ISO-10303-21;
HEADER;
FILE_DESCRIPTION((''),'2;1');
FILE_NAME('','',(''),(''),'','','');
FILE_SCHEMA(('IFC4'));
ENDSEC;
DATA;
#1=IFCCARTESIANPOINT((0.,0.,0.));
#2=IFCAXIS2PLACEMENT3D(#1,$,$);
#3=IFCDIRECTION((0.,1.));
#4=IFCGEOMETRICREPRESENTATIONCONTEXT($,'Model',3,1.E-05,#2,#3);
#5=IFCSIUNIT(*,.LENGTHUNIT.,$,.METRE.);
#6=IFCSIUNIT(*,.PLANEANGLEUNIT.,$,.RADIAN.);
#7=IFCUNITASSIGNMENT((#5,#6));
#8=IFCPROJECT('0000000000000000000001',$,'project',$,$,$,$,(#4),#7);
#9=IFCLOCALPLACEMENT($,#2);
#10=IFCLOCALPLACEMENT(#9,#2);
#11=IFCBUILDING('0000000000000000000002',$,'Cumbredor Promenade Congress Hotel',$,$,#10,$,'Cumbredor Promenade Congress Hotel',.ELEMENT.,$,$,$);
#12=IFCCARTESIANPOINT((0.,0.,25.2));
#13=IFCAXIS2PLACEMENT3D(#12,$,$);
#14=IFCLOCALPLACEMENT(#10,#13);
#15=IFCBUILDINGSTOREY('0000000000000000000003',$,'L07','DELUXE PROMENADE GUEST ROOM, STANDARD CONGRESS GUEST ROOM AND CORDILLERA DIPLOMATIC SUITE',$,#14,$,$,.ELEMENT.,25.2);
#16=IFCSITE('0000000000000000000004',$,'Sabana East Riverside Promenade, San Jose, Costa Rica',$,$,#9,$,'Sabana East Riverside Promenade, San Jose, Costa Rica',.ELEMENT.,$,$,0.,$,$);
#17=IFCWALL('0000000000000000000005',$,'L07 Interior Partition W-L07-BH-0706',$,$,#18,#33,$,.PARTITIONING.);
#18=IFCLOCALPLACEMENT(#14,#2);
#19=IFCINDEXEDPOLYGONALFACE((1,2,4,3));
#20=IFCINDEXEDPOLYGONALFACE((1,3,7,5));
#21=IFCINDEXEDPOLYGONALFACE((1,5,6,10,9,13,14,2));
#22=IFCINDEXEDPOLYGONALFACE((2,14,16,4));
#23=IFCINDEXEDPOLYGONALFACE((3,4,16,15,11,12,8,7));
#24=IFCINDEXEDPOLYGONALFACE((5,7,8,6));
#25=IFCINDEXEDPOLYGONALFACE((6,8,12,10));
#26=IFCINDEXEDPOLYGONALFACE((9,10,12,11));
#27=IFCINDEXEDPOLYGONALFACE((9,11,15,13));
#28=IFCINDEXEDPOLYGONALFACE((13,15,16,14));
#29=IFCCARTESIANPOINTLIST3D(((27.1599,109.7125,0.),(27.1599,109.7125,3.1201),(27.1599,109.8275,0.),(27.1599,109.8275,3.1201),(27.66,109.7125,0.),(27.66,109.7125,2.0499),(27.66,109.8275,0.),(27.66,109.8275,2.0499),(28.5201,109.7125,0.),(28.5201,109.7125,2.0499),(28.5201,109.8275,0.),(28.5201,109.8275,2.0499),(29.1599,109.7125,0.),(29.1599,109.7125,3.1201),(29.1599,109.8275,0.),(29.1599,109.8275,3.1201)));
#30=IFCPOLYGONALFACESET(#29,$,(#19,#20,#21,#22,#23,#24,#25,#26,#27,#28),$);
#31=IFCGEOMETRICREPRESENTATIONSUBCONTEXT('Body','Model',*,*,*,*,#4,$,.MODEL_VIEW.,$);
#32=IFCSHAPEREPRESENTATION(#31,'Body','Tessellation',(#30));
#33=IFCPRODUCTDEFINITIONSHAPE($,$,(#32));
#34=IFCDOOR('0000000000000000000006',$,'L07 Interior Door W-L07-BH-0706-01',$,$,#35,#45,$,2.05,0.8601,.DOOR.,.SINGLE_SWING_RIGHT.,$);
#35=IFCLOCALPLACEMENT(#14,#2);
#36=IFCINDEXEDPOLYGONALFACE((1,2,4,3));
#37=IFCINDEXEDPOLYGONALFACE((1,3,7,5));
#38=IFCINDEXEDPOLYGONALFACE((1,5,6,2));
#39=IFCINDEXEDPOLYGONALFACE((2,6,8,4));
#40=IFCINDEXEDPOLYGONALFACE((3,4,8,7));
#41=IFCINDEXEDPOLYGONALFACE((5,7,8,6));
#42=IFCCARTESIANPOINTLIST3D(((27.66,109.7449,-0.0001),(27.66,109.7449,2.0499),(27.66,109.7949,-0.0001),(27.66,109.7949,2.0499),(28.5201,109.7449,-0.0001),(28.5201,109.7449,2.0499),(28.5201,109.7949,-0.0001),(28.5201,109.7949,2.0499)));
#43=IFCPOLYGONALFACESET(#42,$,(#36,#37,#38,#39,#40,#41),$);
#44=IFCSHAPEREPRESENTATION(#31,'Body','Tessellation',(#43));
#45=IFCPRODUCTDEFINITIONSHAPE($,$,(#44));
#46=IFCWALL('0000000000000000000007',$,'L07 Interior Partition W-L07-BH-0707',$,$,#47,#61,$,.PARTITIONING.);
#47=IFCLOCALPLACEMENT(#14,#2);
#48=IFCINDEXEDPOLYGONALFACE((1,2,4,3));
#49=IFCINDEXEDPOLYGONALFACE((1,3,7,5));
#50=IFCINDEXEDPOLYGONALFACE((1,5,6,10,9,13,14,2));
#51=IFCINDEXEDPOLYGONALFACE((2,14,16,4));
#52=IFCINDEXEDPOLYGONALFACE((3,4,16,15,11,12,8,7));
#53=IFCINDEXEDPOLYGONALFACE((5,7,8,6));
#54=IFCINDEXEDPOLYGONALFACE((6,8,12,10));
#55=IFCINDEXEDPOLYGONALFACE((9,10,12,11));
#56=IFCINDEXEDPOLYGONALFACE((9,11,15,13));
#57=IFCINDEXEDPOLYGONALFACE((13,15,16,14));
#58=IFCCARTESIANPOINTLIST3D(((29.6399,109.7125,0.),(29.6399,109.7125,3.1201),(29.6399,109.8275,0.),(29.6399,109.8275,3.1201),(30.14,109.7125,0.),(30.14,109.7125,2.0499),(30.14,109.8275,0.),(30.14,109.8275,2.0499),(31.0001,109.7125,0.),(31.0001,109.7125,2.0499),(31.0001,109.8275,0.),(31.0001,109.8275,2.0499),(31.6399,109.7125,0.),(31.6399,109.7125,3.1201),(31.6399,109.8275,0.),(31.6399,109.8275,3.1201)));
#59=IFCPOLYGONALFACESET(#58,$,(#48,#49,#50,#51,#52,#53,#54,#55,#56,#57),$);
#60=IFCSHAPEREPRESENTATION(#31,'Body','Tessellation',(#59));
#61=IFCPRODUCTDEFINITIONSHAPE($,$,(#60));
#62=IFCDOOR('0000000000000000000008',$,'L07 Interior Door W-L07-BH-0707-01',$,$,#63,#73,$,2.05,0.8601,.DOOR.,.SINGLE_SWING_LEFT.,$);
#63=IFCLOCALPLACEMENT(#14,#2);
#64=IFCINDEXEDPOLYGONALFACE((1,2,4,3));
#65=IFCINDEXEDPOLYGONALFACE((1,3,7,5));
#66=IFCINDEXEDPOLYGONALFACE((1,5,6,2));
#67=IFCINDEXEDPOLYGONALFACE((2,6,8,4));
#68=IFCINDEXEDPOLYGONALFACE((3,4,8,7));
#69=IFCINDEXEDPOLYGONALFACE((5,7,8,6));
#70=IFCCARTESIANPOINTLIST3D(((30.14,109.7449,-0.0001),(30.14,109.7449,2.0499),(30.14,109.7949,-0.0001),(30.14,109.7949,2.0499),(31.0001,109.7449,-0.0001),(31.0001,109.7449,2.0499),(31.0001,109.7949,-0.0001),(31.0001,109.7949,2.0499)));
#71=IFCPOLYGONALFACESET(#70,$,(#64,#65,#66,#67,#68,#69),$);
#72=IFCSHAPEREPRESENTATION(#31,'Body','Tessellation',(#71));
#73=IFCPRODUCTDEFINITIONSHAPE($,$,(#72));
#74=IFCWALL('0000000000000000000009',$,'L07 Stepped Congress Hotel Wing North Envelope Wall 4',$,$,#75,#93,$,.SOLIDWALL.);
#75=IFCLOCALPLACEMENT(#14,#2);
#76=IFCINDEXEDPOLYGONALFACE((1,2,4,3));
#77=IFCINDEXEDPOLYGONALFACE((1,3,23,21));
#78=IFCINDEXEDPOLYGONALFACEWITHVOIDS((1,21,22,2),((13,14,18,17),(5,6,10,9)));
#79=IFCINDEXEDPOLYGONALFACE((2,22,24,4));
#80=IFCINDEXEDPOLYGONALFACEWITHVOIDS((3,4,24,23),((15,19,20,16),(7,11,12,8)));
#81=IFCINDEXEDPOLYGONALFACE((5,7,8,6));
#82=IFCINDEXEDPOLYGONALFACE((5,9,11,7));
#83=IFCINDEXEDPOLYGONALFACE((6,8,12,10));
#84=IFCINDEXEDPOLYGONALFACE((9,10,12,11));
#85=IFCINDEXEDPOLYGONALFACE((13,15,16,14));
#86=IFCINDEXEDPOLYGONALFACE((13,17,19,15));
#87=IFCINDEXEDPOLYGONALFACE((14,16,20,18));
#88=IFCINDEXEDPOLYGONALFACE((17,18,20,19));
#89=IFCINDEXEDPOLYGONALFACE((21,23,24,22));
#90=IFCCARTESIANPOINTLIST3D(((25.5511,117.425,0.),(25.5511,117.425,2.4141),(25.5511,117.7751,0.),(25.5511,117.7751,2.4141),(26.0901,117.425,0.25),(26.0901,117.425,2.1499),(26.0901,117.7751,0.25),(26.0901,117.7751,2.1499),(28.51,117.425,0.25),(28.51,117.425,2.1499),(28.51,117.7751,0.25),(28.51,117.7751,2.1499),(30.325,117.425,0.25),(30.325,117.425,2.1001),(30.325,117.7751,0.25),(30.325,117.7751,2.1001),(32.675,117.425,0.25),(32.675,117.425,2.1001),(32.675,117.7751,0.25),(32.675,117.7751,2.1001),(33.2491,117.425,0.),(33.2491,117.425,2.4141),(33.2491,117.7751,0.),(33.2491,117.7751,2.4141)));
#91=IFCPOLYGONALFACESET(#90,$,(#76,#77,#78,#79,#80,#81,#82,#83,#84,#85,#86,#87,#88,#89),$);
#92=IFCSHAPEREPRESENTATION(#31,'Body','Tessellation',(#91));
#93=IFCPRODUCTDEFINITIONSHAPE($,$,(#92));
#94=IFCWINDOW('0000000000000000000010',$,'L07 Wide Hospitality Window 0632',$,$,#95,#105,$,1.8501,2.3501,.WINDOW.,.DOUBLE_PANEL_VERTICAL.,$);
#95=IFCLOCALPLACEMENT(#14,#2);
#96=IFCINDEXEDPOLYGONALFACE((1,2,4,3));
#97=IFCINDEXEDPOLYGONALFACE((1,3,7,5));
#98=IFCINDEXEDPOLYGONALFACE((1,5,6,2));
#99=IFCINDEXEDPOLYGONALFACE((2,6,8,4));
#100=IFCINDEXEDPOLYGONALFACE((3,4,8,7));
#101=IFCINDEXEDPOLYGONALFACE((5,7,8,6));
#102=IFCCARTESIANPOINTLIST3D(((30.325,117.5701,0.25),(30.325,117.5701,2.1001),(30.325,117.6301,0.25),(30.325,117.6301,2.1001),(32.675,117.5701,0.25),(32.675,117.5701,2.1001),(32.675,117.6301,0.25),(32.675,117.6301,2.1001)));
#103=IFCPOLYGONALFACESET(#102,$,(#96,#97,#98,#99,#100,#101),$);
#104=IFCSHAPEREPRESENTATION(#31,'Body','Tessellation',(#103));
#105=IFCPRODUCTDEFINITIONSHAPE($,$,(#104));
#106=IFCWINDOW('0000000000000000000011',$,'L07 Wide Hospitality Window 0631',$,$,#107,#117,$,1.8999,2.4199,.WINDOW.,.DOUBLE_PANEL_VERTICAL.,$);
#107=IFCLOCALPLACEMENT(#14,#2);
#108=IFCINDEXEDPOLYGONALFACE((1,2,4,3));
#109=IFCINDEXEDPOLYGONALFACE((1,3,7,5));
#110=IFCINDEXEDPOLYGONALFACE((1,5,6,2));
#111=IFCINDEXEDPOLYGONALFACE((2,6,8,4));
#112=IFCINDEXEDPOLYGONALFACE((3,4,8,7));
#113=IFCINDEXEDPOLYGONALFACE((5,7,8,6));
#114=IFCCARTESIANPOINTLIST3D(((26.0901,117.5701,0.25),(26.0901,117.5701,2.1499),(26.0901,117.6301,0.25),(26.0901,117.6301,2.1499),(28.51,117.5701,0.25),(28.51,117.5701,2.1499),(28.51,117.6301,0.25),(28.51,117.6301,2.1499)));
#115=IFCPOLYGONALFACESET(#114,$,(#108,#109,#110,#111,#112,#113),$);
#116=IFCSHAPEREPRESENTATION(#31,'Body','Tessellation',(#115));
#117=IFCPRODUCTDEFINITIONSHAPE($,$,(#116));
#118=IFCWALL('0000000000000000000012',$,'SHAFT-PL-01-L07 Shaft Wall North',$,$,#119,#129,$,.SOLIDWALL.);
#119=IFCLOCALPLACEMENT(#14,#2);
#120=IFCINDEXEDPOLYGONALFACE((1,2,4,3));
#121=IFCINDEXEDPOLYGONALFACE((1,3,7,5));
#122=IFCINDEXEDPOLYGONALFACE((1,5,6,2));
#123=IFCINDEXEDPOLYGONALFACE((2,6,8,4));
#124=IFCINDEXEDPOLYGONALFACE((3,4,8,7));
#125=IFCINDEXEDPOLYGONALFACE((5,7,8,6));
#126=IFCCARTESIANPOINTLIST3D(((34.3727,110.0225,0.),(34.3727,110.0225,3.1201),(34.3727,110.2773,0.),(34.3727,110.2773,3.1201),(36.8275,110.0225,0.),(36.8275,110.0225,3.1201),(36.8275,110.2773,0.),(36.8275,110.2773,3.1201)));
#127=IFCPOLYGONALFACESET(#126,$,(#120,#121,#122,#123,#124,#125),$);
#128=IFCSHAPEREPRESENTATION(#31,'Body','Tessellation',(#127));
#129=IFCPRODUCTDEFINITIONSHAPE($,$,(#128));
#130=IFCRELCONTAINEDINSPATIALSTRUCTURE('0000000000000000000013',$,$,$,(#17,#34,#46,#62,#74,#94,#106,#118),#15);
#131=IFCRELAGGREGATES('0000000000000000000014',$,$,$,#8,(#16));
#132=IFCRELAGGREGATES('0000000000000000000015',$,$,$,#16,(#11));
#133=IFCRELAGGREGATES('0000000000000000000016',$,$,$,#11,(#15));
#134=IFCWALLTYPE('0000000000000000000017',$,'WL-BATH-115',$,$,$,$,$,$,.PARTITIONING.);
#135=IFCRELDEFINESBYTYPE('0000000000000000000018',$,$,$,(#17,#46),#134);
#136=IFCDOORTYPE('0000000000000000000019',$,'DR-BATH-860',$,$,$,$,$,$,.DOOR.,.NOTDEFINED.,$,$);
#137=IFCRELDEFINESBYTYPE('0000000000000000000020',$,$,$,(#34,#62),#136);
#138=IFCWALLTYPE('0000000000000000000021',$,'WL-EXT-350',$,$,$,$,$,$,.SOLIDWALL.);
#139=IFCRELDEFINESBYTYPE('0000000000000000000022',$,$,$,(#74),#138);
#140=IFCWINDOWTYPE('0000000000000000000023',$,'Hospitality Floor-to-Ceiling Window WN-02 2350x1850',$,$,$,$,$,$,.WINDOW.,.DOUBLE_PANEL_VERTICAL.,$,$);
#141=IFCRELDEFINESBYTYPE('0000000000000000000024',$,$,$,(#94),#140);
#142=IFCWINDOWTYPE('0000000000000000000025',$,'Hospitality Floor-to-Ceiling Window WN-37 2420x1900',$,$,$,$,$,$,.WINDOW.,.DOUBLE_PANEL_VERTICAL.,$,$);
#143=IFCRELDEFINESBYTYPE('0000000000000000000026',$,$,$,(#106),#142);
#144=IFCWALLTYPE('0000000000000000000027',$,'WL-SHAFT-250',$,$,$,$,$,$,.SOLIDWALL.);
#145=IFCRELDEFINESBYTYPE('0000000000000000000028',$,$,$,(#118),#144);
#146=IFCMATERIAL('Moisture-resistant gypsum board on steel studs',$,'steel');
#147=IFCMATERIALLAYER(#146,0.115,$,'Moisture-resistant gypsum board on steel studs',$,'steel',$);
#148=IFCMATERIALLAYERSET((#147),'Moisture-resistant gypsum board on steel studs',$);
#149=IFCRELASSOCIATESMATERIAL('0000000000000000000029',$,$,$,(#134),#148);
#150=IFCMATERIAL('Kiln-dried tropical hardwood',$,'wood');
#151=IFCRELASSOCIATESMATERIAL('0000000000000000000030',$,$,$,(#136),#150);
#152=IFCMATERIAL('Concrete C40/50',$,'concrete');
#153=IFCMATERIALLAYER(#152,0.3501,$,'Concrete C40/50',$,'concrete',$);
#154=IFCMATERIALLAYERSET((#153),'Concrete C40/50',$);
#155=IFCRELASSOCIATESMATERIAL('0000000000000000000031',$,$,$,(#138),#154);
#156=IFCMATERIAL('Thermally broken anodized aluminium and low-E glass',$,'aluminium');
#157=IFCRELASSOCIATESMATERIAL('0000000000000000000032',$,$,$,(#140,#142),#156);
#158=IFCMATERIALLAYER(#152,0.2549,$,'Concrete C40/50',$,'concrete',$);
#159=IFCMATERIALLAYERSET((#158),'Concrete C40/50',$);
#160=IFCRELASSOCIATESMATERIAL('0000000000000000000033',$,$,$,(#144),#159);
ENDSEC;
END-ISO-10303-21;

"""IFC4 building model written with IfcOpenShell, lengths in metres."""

from ifc_helpers import new_model, si_unit, direction, frame, frame_2d, origin, place, context, subcontext, project, spatial, rectangle, extrude, material, layer, layer_set, type_object, element, fill, save


model = new_model("IFC4")

# Units and contexts
model_context = context("Model", 3, precision=1e-05, world=origin(), true_north=direction((0.0, 1.0)))
body_context = subcontext(model_context, "Body", "Model", "MODEL_VIEW")
ifc_project = project(units=[si_unit("LENGTHUNIT", "METRE"), si_unit("PLANEANGLEUNIT", "RADIAN")], contexts=[model_context])

# Site, building, storey
site_placement = place(None, origin())
site = spatial("IfcSite", under=ifc_project, at=site_placement, Name="Sabana East Riverside Promenade, San Jose, Costa Rica", LongName="Sabana East Riverside Promenade, San Jose, Costa Rica", CompositionType="ELEMENT", RefElevation=0.0)
building_placement = place(site_placement, origin())
building = spatial("IfcBuilding", under=site, at=building_placement, Name="Cumbredor Promenade Congress Hotel", LongName="Cumbredor Promenade Congress Hotel", CompositionType="ELEMENT")
storey_placement = place(building_placement, frame((0.0, 0.0, 25.2)))
storey = spatial("IfcBuildingStorey", under=building, at=storey_placement, Name="L07", Description="DELUXE PROMENADE GUEST ROOM, STANDARD CONGRESS GUEST ROOM AND CORDILLERA DIPLOMATIC SUITE", CompositionType="ELEMENT", Elevation=25.2)

# Shared definitions
ifc_material_1 = material(Name="Concrete C40/50", Category="concrete")

# Shared definitions
ifc_material_2 = material(Name="Thermally broken anodized aluminium and low-E glass", Category="aluminium")

# Shared definitions
ifc_material_3 = material(Name="Kiln-dried tropical hardwood", Category="wood")

# Walls, openings, doors
ifc_material_4 = material(Name="Moisture-resistant gypsum board on steel studs", Category="steel")
ifc_layer_1 = layer(ifc_material_4, 0.115, Name="Moisture-resistant gypsum board on steel studs", Category="steel")
ifc_layer_set_1 = layer_set([ifc_layer_1], Name="Moisture-resistant gypsum board on steel studs")
wall_type_1 = type_object("IfcWallType", Name="WL-BATH-115", PredefinedType="PARTITIONING", material=ifc_layer_set_1)
wall_1_placement = place(storey_placement, frame((27.1599, 109.77, 0.0), z_axis=(0.0, 0.0, 1.0), x_axis=(1.0, 0.0, 0.0)))
wall_1 = element("IfcWall", 1, at=wall_1_placement, inside=storey, type_object=wall_type_1, Name="L07 Interior Partition W-L07-BH-0706", PredefinedType="PARTITIONING", context=body_context, shape_type="SweptSolid", body=[
    extrude(rectangle(XDim=2.0, YDim=0.115, at=frame_2d((1.0, 0.0))), origin(), (0.0, 0.0, 1.0), 3.1201),
])
opening_1_placement = place(wall_1_placement, frame((0.5, 0.0, 0.0)))
opening_1 = element("IfcOpeningElement", 2, at=opening_1_placement, cuts=wall_1, PredefinedType="OPENING", context=body_context, shape_type="SweptSolid", body=[
    extrude(rectangle(XDim=0.8601, YDim=2.05, at=frame_2d((0.4302, 1.0249))), frame((0.0, 0.0674, 0.0), z_axis=(0.0, -1.0, 0.0), x_axis=(1.0, 0.0, 0.0)), (0.0, 0.0, 1.0), 0.135),
])
door_type = type_object("IfcDoorType", Name="DR-BATH-860", OperationType="NOTDEFINED", PredefinedType="DOOR", material=ifc_material_3)
door_1_placement = place(opening_1_placement, origin())
door_1 = element("IfcDoor", 3, at=door_1_placement, inside=storey, type_object=door_type, Name="L07 Interior Door W-L07-BH-0706-01", OperationType="SINGLE_SWING_RIGHT", OverallHeight=2.05, OverallWidth=0.8601, PredefinedType="DOOR", context=body_context, shape_type="SweptSolid", body=[
    extrude(rectangle(XDim=0.8601, YDim=2.05, at=frame_2d((0.4302, 1.0249))), frame((0.0, 0.0249, 0.0), z_axis=(0.0, -1.0, 0.0), x_axis=(1.0, 0.0, 0.0)), (0.0, 0.0, 1.0), 0.05),
])
fill(opening_1, door_1)
wall_2_placement = place(storey_placement, frame((29.6399, 109.77, 0.0), z_axis=(0.0, 0.0, 1.0), x_axis=(1.0, 0.0, 0.0)))
wall_2 = element("IfcWall", 4, at=wall_2_placement, inside=storey, type_object=wall_type_1, Name="L07 Interior Partition W-L07-BH-0707", PredefinedType="PARTITIONING", context=body_context, shape_type="SweptSolid", body=[
    extrude(rectangle(XDim=2.0, YDim=0.115, at=frame_2d((1.0, 0.0))), origin(), (0.0, 0.0, 1.0), 3.1201),
])
opening_2_placement = place(wall_2_placement, frame((0.5, 0.0, 0.0)))
opening_2 = element("IfcOpeningElement", 5, at=opening_2_placement, cuts=wall_2, PredefinedType="OPENING", context=body_context, shape_type="SweptSolid", body=[
    extrude(rectangle(XDim=0.8601, YDim=2.05, at=frame_2d((0.4302, 1.0249))), frame((0.0, 0.0674, 0.0), z_axis=(0.0, -1.0, 0.0), x_axis=(1.0, 0.0, 0.0)), (0.0, 0.0, 1.0), 0.135),
])
door_2_placement = place(opening_2_placement, origin())
door_2 = element("IfcDoor", 6, at=door_2_placement, inside=storey, type_object=door_type, Name="L07 Interior Door W-L07-BH-0707-01", OperationType="SINGLE_SWING_LEFT", OverallHeight=2.05, OverallWidth=0.8601, PredefinedType="DOOR", context=body_context, shape_type="SweptSolid", body=[
    extrude(rectangle(XDim=0.8601, YDim=2.05, at=frame_2d((0.4302, 1.0249))), frame((0.0, 0.0249, 0.0), z_axis=(0.0, -1.0, 0.0), x_axis=(1.0, 0.0, 0.0)), (0.0, 0.0, 1.0), 0.05),
])
fill(opening_2, door_2)

# Wall, openings, windows
ifc_layer_2 = layer(ifc_material_1, 0.3501, Name="Concrete C40/50", Category="concrete")
ifc_layer_set_2 = layer_set([ifc_layer_2], Name="Concrete C40/50")
wall_type_2 = type_object("IfcWallType", Name="WL-EXT-350", PredefinedType="SOLIDWALL", material=ifc_layer_set_2)
wall_3_placement = place(storey_placement, frame((25.551, 117.6001, 0.0), z_axis=(0.0, 0.0, 1.0), x_axis=(1.0, 0.0, 0.0)))
wall_3 = element("IfcWall", 7, at=wall_3_placement, inside=storey, type_object=wall_type_2, Name="L07 Stepped Congress Hotel Wing North Envelope Wall 4", PredefinedType="SOLIDWALL", context=body_context, shape_type="SweptSolid", body=[
    extrude(rectangle(XDim=7.698, YDim=0.3501, at=frame_2d((3.8491, 0.0))), origin(), (0.0, 0.0, 1.0), 2.4141),
])
opening_3_placement = place(wall_3_placement, frame((0.5391, 0.0, 0.25)))
opening_3 = element("IfcOpeningElement", 8, at=opening_3_placement, cuts=wall_3, PredefinedType="OPENING", context=body_context, shape_type="SweptSolid", body=[
    extrude(rectangle(XDim=2.4199, YDim=1.8999, at=frame_2d((1.21, 0.95))), frame((0.0, 0.1851, 0.0), z_axis=(0.0, -1.0, 0.0), x_axis=(1.0, 0.0, 0.0)), (0.0, 0.0, 1.0), 0.3701),
])
opening_4_placement = place(wall_3_placement, frame((4.7739, 0.0, 0.25)))
opening_4 = element("IfcOpeningElement", 9, at=opening_4_placement, cuts=wall_3, PredefinedType="OPENING", context=body_context, shape_type="SweptSolid", body=[
    extrude(rectangle(XDim=2.3501, YDim=1.8501, at=frame_2d((1.175, 0.925))), frame((0.0, 0.1851, 0.0), z_axis=(0.0, -1.0, 0.0), x_axis=(1.0, 0.0, 0.0)), (0.0, 0.0, 1.0), 0.3701),
])
window_type_1 = type_object("IfcWindowType", Name="Hospitality Floor-to-Ceiling Window WN-02 2350x1850", PartitioningType="DOUBLE_PANEL_VERTICAL", PredefinedType="WINDOW", material=ifc_material_2)
window_1_placement = place(opening_4_placement, origin())
window_1 = element("IfcWindow", 10, at=window_1_placement, inside=storey, type_object=window_type_1, Name="L07 Wide Hospitality Window 0632", OverallHeight=1.8501, OverallWidth=2.3501, PartitioningType="DOUBLE_PANEL_VERTICAL", PredefinedType="WINDOW", context=body_context, shape_type="SweptSolid", body=[
    extrude(rectangle(XDim=2.3501, YDim=1.8501, at=frame_2d((1.175, 0.925))), frame((0.0, 0.03, 0.0), z_axis=(0.0, -1.0, 0.0), x_axis=(1.0, 0.0, 0.0)), (0.0, 0.0, 1.0), 0.0601),
])
fill(opening_4, window_1)
window_type_2 = type_object("IfcWindowType", Name="Hospitality Floor-to-Ceiling Window WN-37 2420x1900", PartitioningType="DOUBLE_PANEL_VERTICAL", PredefinedType="WINDOW", material=ifc_material_2)
window_2_placement = place(opening_3_placement, origin())
window_2 = element("IfcWindow", 11, at=window_2_placement, inside=storey, type_object=window_type_2, Name="L07 Wide Hospitality Window 0631", OverallHeight=1.8999, OverallWidth=2.4199, PartitioningType="DOUBLE_PANEL_VERTICAL", PredefinedType="WINDOW", context=body_context, shape_type="SweptSolid", body=[
    extrude(rectangle(XDim=2.4199, YDim=1.8999, at=frame_2d((1.21, 0.95))), frame((0.0, 0.03, 0.0), z_axis=(0.0, -1.0, 0.0), x_axis=(1.0, 0.0, 0.0)), (0.0, 0.0, 1.0), 0.0601),
])
fill(opening_3, window_2)

# Wall
ifc_layer_3 = layer(ifc_material_1, 0.2549, Name="Concrete C40/50", Category="concrete")
ifc_layer_set_3 = layer_set([ifc_layer_3], Name="Concrete C40/50")
wall_type_3 = type_object("IfcWallType", Name="WL-SHAFT-250", PredefinedType="SOLIDWALL", material=ifc_layer_set_3)
wall_4_placement = place(storey_placement, frame((34.3726, 110.1499, 0.0), z_axis=(0.0, 0.0, 1.0), x_axis=(1.0, 0.0, 0.0)))
element("IfcWall", 12, at=wall_4_placement, inside=storey, type_object=wall_type_3, Name="SHAFT-PL-01-L07 Shaft Wall North", PredefinedType="SOLIDWALL", context=body_context, shape_type="SweptSolid", body=[
    extrude(rectangle(XDim=2.4548, YDim=0.2549, at=frame_2d((1.2275, 0.0))), origin(), (0.0, 0.0, 1.0), 3.1201),
])

save(model, "model.ifc")
